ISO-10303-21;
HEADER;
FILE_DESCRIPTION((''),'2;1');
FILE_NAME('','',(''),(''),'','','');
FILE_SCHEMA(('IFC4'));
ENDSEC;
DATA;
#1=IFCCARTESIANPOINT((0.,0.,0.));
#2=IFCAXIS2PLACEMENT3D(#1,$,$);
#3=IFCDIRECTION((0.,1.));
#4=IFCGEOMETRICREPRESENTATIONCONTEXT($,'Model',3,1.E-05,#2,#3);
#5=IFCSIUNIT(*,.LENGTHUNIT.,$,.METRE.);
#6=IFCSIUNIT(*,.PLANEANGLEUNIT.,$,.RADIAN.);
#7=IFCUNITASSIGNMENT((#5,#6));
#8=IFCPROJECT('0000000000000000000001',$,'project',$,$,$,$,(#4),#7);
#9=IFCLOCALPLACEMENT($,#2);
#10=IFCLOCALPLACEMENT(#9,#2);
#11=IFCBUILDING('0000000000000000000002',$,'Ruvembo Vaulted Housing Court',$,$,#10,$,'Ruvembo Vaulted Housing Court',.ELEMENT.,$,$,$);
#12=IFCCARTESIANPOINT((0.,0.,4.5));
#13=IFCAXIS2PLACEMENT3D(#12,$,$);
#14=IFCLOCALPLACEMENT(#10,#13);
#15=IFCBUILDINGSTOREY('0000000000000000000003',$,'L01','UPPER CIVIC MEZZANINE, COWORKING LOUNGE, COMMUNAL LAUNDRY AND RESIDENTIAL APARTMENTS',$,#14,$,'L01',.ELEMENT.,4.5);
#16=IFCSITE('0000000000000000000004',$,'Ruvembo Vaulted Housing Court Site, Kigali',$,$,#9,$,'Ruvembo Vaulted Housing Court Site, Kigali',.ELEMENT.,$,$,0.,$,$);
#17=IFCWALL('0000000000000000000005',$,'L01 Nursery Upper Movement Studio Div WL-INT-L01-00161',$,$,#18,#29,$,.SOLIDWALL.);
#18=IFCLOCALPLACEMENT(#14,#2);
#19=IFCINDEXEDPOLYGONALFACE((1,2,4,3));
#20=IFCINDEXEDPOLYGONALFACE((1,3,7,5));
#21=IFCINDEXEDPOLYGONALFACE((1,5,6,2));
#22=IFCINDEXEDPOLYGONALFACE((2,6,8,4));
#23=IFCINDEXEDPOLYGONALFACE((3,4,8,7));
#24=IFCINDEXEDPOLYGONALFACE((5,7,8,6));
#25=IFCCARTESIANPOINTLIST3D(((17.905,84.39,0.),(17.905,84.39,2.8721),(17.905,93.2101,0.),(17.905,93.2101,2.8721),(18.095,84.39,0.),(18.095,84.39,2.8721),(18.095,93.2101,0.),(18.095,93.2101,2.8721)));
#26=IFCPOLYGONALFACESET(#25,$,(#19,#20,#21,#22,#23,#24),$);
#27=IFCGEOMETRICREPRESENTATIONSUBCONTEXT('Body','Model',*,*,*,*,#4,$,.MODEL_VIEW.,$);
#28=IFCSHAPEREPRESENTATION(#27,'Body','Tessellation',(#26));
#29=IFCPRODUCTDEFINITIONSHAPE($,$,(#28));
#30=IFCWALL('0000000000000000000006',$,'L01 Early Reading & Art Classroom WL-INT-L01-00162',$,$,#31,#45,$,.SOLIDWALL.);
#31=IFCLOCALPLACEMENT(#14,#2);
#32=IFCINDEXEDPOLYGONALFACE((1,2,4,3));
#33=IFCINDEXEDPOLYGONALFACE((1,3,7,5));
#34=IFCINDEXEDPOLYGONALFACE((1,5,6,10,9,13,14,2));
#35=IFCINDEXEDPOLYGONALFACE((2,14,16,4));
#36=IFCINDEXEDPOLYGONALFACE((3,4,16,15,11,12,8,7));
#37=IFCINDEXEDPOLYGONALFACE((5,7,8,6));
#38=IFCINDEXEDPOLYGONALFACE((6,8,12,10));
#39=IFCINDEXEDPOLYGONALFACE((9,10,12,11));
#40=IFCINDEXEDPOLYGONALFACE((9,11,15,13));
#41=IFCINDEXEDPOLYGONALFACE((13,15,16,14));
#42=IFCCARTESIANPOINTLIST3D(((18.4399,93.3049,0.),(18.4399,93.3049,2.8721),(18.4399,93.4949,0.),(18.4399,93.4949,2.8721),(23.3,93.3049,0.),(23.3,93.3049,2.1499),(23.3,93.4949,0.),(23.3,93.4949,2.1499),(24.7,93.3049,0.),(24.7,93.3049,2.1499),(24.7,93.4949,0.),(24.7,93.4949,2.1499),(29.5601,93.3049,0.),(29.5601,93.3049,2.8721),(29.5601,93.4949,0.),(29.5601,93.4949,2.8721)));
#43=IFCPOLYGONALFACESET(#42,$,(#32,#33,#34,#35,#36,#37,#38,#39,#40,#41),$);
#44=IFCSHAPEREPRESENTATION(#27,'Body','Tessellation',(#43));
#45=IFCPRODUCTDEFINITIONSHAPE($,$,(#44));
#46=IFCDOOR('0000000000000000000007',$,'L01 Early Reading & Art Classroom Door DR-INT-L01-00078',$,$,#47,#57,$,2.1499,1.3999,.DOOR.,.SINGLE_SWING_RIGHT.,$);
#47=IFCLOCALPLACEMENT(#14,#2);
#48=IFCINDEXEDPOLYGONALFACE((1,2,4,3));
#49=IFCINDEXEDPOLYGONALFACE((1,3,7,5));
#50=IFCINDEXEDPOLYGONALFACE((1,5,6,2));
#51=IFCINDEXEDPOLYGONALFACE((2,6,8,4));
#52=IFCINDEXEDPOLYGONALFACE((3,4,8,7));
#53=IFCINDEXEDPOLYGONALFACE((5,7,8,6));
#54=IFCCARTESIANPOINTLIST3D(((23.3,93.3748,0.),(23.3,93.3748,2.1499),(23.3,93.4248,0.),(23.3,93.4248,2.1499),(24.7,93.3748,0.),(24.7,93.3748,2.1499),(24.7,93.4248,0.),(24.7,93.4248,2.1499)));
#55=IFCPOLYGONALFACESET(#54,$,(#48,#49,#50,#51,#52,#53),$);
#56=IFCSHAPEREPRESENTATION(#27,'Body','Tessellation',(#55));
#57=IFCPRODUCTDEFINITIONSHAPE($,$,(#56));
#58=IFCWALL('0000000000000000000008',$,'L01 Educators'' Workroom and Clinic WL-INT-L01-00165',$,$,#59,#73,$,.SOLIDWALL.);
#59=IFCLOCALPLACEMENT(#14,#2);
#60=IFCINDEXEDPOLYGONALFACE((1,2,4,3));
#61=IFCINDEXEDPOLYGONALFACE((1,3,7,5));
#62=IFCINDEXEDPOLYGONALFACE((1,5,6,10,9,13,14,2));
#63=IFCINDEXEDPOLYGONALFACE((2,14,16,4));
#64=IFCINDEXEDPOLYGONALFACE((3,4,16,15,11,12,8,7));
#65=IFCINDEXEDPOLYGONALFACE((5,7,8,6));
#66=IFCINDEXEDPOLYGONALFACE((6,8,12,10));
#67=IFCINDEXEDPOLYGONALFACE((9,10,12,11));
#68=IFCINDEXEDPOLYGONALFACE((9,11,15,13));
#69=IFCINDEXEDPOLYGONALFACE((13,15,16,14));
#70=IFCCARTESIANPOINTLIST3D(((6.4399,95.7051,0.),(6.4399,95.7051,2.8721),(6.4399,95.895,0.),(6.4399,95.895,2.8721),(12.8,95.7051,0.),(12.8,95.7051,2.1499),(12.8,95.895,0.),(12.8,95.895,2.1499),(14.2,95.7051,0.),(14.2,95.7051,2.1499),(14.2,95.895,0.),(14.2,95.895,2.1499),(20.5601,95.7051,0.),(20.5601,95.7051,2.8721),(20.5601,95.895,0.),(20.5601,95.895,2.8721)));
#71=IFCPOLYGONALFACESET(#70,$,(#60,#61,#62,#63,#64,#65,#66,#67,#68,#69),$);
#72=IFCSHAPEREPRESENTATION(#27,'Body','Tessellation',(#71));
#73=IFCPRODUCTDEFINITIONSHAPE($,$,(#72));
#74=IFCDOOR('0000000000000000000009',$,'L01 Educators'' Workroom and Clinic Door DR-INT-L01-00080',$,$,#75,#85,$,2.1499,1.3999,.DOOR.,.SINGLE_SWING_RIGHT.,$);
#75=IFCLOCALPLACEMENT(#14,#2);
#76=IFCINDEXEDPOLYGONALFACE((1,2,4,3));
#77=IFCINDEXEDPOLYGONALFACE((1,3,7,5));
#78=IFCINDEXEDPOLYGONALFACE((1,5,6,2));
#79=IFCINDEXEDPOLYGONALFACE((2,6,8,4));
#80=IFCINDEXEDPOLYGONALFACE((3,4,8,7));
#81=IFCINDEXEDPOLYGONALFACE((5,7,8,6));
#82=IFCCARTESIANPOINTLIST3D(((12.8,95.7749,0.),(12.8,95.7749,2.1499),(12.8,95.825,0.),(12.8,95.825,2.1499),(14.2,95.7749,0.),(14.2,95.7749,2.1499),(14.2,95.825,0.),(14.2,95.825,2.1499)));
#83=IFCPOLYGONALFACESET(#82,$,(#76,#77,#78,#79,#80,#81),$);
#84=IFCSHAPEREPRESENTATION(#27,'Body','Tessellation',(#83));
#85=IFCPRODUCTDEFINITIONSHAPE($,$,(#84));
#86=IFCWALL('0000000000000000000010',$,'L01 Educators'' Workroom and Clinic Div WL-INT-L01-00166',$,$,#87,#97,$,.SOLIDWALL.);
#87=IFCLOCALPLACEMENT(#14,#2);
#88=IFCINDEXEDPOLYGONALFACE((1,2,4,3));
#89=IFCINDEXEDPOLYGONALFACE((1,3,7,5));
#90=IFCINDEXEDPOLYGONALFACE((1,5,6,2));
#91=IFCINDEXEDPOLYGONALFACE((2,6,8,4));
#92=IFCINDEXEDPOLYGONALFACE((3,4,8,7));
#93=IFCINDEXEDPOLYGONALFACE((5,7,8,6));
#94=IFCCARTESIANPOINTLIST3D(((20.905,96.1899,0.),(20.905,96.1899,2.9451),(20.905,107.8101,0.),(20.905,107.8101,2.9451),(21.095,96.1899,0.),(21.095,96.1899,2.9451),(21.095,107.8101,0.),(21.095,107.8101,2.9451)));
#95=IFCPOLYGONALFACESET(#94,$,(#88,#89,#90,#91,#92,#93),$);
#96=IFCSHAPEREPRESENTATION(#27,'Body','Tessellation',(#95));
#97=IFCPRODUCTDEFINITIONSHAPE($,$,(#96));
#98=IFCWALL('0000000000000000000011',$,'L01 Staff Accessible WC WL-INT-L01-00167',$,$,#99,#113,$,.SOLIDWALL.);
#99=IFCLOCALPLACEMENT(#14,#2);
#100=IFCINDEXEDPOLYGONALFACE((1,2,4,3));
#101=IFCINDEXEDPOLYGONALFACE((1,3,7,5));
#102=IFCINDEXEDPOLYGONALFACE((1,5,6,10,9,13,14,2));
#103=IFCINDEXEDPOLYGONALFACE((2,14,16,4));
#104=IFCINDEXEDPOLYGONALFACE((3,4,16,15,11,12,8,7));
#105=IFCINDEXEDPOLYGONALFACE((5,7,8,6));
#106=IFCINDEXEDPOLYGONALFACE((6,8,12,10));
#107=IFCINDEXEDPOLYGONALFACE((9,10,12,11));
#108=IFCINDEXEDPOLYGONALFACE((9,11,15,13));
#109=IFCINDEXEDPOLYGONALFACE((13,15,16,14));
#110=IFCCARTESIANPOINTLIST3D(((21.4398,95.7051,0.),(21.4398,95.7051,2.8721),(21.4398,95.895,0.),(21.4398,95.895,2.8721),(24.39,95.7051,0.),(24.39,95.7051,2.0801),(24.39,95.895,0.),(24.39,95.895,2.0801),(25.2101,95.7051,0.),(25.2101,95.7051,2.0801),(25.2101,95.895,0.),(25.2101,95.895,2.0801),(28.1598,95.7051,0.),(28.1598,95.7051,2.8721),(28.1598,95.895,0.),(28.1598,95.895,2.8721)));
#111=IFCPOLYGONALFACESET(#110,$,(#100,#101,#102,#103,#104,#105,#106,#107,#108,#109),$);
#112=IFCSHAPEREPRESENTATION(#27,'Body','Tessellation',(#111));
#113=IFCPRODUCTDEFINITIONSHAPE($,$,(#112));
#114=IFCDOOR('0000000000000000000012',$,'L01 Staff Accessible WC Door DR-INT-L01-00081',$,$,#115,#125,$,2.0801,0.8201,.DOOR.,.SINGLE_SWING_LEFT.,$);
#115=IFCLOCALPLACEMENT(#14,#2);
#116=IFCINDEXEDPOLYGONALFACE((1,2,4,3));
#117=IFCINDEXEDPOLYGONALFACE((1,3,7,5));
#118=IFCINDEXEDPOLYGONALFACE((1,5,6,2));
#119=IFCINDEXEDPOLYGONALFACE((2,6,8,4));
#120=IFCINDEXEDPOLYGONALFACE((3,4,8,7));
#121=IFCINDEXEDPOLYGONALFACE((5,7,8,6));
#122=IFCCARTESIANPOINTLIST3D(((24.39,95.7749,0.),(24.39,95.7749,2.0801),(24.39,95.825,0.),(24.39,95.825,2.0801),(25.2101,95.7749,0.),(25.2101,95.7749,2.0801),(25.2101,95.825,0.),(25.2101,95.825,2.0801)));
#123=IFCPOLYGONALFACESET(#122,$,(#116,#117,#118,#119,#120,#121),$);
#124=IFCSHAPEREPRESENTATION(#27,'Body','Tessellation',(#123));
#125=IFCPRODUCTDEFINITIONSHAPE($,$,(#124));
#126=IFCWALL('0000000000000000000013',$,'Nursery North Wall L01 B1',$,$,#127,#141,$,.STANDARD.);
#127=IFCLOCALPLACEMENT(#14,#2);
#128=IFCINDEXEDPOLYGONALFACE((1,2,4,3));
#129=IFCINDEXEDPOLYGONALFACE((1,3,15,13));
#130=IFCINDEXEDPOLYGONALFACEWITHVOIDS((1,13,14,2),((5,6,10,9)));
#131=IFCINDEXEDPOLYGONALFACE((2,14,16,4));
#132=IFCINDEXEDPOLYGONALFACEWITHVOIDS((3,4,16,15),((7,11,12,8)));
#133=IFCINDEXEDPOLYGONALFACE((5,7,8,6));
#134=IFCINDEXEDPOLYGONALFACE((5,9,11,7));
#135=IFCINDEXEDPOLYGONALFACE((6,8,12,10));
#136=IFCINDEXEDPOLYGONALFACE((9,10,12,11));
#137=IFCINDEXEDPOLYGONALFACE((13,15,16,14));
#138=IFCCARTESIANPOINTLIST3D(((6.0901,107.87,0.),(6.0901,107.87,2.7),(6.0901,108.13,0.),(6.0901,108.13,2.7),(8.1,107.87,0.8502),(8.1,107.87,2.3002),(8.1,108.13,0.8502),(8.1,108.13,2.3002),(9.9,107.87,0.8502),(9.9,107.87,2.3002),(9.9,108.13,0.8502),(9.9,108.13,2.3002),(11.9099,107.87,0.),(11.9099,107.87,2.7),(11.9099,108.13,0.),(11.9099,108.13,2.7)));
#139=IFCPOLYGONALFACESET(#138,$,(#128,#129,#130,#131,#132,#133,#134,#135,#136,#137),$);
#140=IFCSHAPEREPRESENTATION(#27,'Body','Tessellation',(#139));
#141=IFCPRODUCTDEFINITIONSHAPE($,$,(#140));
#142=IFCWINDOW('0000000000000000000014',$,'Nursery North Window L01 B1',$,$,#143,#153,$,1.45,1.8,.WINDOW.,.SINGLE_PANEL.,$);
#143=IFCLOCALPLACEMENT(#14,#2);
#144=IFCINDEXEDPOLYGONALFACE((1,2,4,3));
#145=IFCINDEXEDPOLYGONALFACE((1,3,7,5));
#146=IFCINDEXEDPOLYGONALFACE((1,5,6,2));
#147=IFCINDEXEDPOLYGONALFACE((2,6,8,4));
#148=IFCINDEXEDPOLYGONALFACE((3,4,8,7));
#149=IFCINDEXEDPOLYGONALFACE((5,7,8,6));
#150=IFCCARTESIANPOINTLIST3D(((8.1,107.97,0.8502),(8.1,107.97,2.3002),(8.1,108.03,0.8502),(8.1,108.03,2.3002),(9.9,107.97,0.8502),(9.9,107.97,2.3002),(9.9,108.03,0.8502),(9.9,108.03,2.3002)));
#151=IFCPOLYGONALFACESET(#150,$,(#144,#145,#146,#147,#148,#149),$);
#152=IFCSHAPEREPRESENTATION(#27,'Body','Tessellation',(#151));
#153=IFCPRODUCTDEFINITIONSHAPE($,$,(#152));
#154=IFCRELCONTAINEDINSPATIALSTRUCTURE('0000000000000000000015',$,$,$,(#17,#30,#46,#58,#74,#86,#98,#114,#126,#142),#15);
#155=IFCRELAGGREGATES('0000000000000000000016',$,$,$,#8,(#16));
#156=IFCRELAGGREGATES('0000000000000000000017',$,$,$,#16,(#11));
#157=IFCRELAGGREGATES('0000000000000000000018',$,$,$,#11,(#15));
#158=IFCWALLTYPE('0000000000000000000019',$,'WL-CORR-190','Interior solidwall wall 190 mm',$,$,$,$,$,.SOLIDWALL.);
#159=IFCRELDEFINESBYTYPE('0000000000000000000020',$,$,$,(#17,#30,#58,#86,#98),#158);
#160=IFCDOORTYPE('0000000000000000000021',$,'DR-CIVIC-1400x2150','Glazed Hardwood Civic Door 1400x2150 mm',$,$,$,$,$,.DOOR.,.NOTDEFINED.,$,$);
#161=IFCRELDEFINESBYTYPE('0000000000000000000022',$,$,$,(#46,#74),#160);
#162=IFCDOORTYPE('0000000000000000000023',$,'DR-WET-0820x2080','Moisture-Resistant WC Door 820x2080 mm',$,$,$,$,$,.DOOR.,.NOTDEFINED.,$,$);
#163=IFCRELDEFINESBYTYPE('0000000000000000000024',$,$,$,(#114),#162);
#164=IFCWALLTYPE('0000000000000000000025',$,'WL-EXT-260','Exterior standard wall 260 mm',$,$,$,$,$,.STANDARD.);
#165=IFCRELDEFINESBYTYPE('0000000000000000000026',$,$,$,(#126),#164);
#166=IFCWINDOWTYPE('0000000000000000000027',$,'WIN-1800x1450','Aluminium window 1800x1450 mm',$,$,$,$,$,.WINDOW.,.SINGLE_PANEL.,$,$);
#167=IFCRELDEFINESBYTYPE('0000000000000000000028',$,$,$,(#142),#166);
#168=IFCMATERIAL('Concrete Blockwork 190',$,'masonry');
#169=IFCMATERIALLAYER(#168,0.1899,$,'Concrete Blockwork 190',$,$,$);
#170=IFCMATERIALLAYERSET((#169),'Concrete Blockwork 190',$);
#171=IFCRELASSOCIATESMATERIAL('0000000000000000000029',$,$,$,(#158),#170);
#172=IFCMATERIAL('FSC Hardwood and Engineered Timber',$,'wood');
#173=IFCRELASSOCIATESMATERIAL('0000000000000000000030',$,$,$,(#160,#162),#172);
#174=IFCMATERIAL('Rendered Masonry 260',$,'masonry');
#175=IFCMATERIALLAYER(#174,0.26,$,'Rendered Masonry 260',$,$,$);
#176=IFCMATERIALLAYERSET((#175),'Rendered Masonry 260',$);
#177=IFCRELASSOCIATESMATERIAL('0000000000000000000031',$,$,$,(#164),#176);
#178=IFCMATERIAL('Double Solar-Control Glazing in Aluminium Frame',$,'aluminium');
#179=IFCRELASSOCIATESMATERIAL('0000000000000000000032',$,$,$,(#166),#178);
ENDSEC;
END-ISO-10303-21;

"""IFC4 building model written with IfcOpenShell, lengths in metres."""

from ifc_helpers import new_model, si_unit, direction, frame, frame_2d, origin, place, context, subcontext, project, spatial, rectangle, extrude, material, layer, layer_set, type_object, element, fill, save


model = new_model("IFC4")

# Units and contexts
model_context = context("Model", 3, precision=1e-05, world=origin(), true_north=direction((0.0, 1.0)))
body_context = subcontext(model_context, "Body", "Model", "MODEL_VIEW")
ifc_project = project(units=[si_unit("LENGTHUNIT", "METRE"), si_unit("PLANEANGLEUNIT", "RADIAN")], contexts=[model_context])

# Site, building, storey
site_placement = place(None, origin())
site = spatial("IfcSite", under=ifc_project, at=site_placement, Name="Ruvembo Vaulted Housing Court Site, Kigali", LongName="Ruvembo Vaulted Housing Court Site, Kigali", CompositionType="ELEMENT", RefElevation=0.0)
building_placement = place(site_placement, origin())
building = spatial("IfcBuilding", under=site, at=building_placement, Name="Ruvembo Vaulted Housing Court", LongName="Ruvembo Vaulted Housing Court", CompositionType="ELEMENT")
storey_placement = place(building_placement, frame((0.0, 0.0, 4.5)))
storey = spatial("IfcBuildingStorey", under=building, at=storey_placement, Name="L01", Description="UPPER CIVIC MEZZANINE, COWORKING LOUNGE, COMMUNAL LAUNDRY AND RESIDENTIAL APARTMENTS", LongName="L01", CompositionType="ELEMENT", Elevation=4.5)

# Shared definitions
ifc_material_1 = material(Name="Concrete Blockwork 190", Category="masonry")
ifc_layer_1 = layer(ifc_material_1, 0.1899, Name="Concrete Blockwork 190")
ifc_layer_set_1 = layer_set([ifc_layer_1], Name="Concrete Blockwork 190")
wall_type_1 = type_object("IfcWallType", Name="WL-CORR-190", Description="Interior solidwall wall 190 mm", PredefinedType="SOLIDWALL", material=ifc_layer_set_1)
ifc_material_2 = material(Name="FSC Hardwood and Engineered Timber", Category="wood")

# Wall
wall_1_placement = place(storey_placement, frame((18.0, 84.3899, 0.0), z_axis=(0.0, 0.0, 1.0), x_axis=(0.0, 1.0, 0.0)))
element("IfcWall", 1, at=wall_1_placement, inside=storey, type_object=wall_type_1, Name="L01 Nursery Upper Movement Studio Div WL-INT-L01-00161", PredefinedType="SOLIDWALL", context=body_context, shape_type="SweptSolid", body=[
    extrude(rectangle(XDim=8.8201, YDim=0.1899, at=frame_2d((4.4102, 0.0))), origin(), (0.0, 0.0, 1.0), 2.8721),
])

# Walls, openings, doors
wall_2_placement = place(storey_placement, frame((18.4399, 93.3999, 0.0), z_axis=(0.0, 0.0, 1.0), x_axis=(1.0, 0.0, 0.0)))
wall_2 = element("IfcWall", 2, at=wall_2_placement, inside=storey, type_object=wall_type_1, Name="L01 Early Reading & Art Classroom WL-INT-L01-00162", PredefinedType="SOLIDWALL", context=body_context, shape_type="SweptSolid", body=[
    extrude(rectangle(XDim=11.1201, YDim=0.1899, at=frame_2d((5.5601, 0.0))), origin(), (0.0, 0.0, 1.0), 2.8721),
])
opening_1_placement = place(wall_2_placement, frame((4.8601, 0.0, 0.0)))
opening_1 = element("IfcOpeningElement", 3, at=opening_1_placement, cuts=wall_2, PredefinedType="OPENING", context=body_context, shape_type="SweptSolid", body=[
    extrude(rectangle(XDim=1.3999, YDim=2.1499, at=frame_2d((0.7, 1.075))), frame((0.0, 0.105, 0.0), z_axis=(0.0, -1.0, 0.0), x_axis=(1.0, 0.0, 0.0)), (0.0, 0.0, 1.0), 0.21),
])
door_type_1 = type_object("IfcDoorType", Name="DR-CIVIC-1400x2150", Description="Glazed Hardwood Civic Door 1400x2150 mm", OperationType="NOTDEFINED", PredefinedType="DOOR", material=ifc_material_2)
door_1_placement = place(opening_1_placement, origin())
door_1 = element("IfcDoor", 4, at=door_1_placement, inside=storey, type_object=door_type_1, Name="L01 Early Reading & Art Classroom Door DR-INT-L01-00078", OperationType="SINGLE_SWING_RIGHT", OverallHeight=2.1499, OverallWidth=1.3999, PredefinedType="DOOR", context=body_context, shape_type="SweptSolid", body=[
    extrude(rectangle(XDim=1.3999, YDim=2.1499, at=frame_2d((0.7, 1.075))), frame((0.0, 0.0249, 0.0), z_axis=(0.0, -1.0, 0.0), x_axis=(1.0, 0.0, 0.0)), (0.0, 0.0, 1.0), 0.05),
])
fill(opening_1, door_1)
wall_3_placement = place(storey_placement, frame((6.4399, 95.8, 0.0), z_axis=(0.0, 0.0, 1.0), x_axis=(1.0, 0.0, 0.0)))
wall_3 = element("IfcWall", 5, at=wall_3_placement, inside=storey, type_object=wall_type_1, Name="L01 Educators' Workroom and Clinic WL-INT-L01-00165", PredefinedType="SOLIDWALL", context=body_context, shape_type="SweptSolid", body=[
    extrude(rectangle(XDim=14.1201, YDim=0.1899, at=frame_2d((7.0601, 0.0))), origin(), (0.0, 0.0, 1.0), 2.8721),
])
opening_2_placement = place(wall_3_placement, frame((6.3601, 0.0, 0.0)))
opening_2 = element("IfcOpeningElement", 6, at=opening_2_placement, cuts=wall_3, PredefinedType="OPENING", context=body_context, shape_type="SweptSolid", body=[
    extrude(rectangle(XDim=1.3999, YDim=2.1499, at=frame_2d((0.7, 1.075))), frame((0.0, 0.105, 0.0), z_axis=(0.0, -1.0, 0.0), x_axis=(1.0, 0.0, 0.0)), (0.0, 0.0, 1.0), 0.21),
])
door_2_placement = place(opening_2_placement, origin())
door_2 = element("IfcDoor", 7, at=door_2_placement, inside=storey, type_object=door_type_1, Name="L01 Educators' Workroom and Clinic Door DR-INT-L01-00080", OperationType="SINGLE_SWING_RIGHT", OverallHeight=2.1499, OverallWidth=1.3999, PredefinedType="DOOR", context=body_context, shape_type="SweptSolid", body=[
    extrude(rectangle(XDim=1.3999, YDim=2.1499, at=frame_2d((0.7, 1.075))), frame((0.0, 0.0249, 0.0), z_axis=(0.0, -1.0, 0.0), x_axis=(1.0, 0.0, 0.0)), (0.0, 0.0, 1.0), 0.05),
])
fill(opening_2, door_2)

# Wall
wall_4_placement = place(storey_placement, frame((21.0, 96.1899, 0.0), z_axis=(0.0, 0.0, 1.0), x_axis=(0.0, 1.0, 0.0)))
element("IfcWall", 8, at=wall_4_placement, inside=storey, type_object=wall_type_1, Name="L01 Educators' Workroom and Clinic Div WL-INT-L01-00166", PredefinedType="SOLIDWALL", context=body_context, shape_type="SweptSolid", body=[
    extrude(rectangle(XDim=11.6201, YDim=0.1899, at=frame_2d((5.8101, 0.0))), origin(), (0.0, 0.0, 1.0), 2.9451),
])

# Wall, opening, door
wall_5_placement = place(storey_placement, frame((21.4399, 95.8, 0.0), z_axis=(0.0, 0.0, 1.0), x_axis=(1.0, 0.0, 0.0)))
wall_5 = element("IfcWall", 9, at=wall_5_placement, inside=storey, type_object=wall_type_1, Name="L01 Staff Accessible WC WL-INT-L01-00167", PredefinedType="SOLIDWALL", context=body_context, shape_type="SweptSolid", body=[
    extrude(rectangle(XDim=6.72, YDim=0.1899, at=frame_2d((3.3599, 0.0))), origin(), (0.0, 0.0, 1.0), 2.8721),
])
opening_3_placement = place(wall_5_placement, frame((2.95, 0.0, 0.0)))
opening_3 = element("IfcOpeningElement", 10, at=opening_3_placement, cuts=wall_5, PredefinedType="OPENING", context=body_context, shape_type="SweptSolid", body=[
    extrude(rectangle(XDim=0.8201, YDim=2.0801, at=frame_2d((0.4102, 1.04))), frame((0.0, 0.105, 0.0), z_axis=(0.0, -1.0, 0.0), x_axis=(1.0, 0.0, 0.0)), (0.0, 0.0, 1.0), 0.21),
])
door_type_2 = type_object("IfcDoorType", Name="DR-WET-0820x2080", Description="Moisture-Resistant WC Door 820x2080 mm", OperationType="NOTDEFINED", PredefinedType="DOOR", material=ifc_material_2)
door_3_placement = place(opening_3_placement, origin())
door_3 = element("IfcDoor", 11, at=door_3_placement, inside=storey, type_object=door_type_2, Name="L01 Staff Accessible WC Door DR-INT-L01-00081", OperationType="SINGLE_SWING_LEFT", OverallHeight=2.0801, OverallWidth=0.8201, PredefinedType="DOOR", context=body_context, shape_type="SweptSolid", body=[
    extrude(rectangle(XDim=0.8201, YDim=2.0801, at=frame_2d((0.4102, 1.04))), frame((0.0, 0.0249, 0.0), z_axis=(0.0, -1.0, 0.0), x_axis=(1.0, 0.0, 0.0)), (0.0, 0.0, 1.0), 0.05),
])
fill(opening_3, door_3)

# Wall, opening, window
ifc_material_3 = material(Name="Rendered Masonry 260", Category="masonry")
ifc_layer_2 = layer(ifc_material_3, 0.26, Name="Rendered Masonry 260")
ifc_layer_set_2 = layer_set([ifc_layer_2], Name="Rendered Masonry 260")
wall_type_2 = type_object("IfcWallType", Name="WL-EXT-260", Description="Exterior standard wall 260 mm", PredefinedType="STANDARD", material=ifc_layer_set_2)
wall_6_placement = place(storey_placement, frame((11.9099, 108.0, 0.0), z_axis=(0.0, 0.0, 1.0), x_axis=(-1.0, 0.0, 0.0)))
wall_6 = element("IfcWall", 12, at=wall_6_placement, inside=storey, type_object=wall_type_2, Name="Nursery North Wall L01 B1", PredefinedType="STANDARD", context=body_context, shape_type="SweptSolid", body=[
    extrude(rectangle(XDim=5.8198, YDim=0.26, at=frame_2d((2.9099, 0.0))), origin(), (0.0, 0.0, 1.0), 2.7),
])
opening_4_placement = place(wall_6_placement, frame((2.01, 0.0, 0.8501)))
opening_4 = element("IfcOpeningElement", 13, at=opening_4_placement, cuts=wall_6, PredefinedType="OPENING", context=body_context, shape_type="SweptSolid", body=[
    extrude(rectangle(XDim=1.8, YDim=1.45, at=frame_2d((0.8999, 0.7251))), frame((0.0, 0.1399, 0.0), z_axis=(0.0, -1.0, 0.0), x_axis=(1.0, 0.0, 0.0)), (0.0, 0.0, 1.0), 0.28),
])
ifc_material_4 = material(Name="Double Solar-Control Glazing in Aluminium Frame", Category="aluminium")
window_type = type_object("IfcWindowType", Name="WIN-1800x1450", Description="Aluminium window 1800x1450 mm", PartitioningType="SINGLE_PANEL", PredefinedType="WINDOW", material=ifc_material_4)
window_1_placement = place(opening_4_placement, origin())
window_1 = element("IfcWindow", 14, at=window_1_placement, inside=storey, type_object=window_type, Name="Nursery North Window L01 B1", OverallHeight=1.45, OverallWidth=1.8, PartitioningType="SINGLE_PANEL", PredefinedType="WINDOW", context=body_context, shape_type="SweptSolid", body=[
    extrude(rectangle(XDim=1.8, YDim=1.45, at=frame_2d((0.8999, 0.7251))), frame((0.0, 0.03, 0.0), z_axis=(0.0, -1.0, 0.0), x_axis=(1.0, 0.0, 0.0)), (0.0, 0.0, 1.0), 0.0601),
])
fill(opening_4, window_1)

save(model, "model.ifc")
